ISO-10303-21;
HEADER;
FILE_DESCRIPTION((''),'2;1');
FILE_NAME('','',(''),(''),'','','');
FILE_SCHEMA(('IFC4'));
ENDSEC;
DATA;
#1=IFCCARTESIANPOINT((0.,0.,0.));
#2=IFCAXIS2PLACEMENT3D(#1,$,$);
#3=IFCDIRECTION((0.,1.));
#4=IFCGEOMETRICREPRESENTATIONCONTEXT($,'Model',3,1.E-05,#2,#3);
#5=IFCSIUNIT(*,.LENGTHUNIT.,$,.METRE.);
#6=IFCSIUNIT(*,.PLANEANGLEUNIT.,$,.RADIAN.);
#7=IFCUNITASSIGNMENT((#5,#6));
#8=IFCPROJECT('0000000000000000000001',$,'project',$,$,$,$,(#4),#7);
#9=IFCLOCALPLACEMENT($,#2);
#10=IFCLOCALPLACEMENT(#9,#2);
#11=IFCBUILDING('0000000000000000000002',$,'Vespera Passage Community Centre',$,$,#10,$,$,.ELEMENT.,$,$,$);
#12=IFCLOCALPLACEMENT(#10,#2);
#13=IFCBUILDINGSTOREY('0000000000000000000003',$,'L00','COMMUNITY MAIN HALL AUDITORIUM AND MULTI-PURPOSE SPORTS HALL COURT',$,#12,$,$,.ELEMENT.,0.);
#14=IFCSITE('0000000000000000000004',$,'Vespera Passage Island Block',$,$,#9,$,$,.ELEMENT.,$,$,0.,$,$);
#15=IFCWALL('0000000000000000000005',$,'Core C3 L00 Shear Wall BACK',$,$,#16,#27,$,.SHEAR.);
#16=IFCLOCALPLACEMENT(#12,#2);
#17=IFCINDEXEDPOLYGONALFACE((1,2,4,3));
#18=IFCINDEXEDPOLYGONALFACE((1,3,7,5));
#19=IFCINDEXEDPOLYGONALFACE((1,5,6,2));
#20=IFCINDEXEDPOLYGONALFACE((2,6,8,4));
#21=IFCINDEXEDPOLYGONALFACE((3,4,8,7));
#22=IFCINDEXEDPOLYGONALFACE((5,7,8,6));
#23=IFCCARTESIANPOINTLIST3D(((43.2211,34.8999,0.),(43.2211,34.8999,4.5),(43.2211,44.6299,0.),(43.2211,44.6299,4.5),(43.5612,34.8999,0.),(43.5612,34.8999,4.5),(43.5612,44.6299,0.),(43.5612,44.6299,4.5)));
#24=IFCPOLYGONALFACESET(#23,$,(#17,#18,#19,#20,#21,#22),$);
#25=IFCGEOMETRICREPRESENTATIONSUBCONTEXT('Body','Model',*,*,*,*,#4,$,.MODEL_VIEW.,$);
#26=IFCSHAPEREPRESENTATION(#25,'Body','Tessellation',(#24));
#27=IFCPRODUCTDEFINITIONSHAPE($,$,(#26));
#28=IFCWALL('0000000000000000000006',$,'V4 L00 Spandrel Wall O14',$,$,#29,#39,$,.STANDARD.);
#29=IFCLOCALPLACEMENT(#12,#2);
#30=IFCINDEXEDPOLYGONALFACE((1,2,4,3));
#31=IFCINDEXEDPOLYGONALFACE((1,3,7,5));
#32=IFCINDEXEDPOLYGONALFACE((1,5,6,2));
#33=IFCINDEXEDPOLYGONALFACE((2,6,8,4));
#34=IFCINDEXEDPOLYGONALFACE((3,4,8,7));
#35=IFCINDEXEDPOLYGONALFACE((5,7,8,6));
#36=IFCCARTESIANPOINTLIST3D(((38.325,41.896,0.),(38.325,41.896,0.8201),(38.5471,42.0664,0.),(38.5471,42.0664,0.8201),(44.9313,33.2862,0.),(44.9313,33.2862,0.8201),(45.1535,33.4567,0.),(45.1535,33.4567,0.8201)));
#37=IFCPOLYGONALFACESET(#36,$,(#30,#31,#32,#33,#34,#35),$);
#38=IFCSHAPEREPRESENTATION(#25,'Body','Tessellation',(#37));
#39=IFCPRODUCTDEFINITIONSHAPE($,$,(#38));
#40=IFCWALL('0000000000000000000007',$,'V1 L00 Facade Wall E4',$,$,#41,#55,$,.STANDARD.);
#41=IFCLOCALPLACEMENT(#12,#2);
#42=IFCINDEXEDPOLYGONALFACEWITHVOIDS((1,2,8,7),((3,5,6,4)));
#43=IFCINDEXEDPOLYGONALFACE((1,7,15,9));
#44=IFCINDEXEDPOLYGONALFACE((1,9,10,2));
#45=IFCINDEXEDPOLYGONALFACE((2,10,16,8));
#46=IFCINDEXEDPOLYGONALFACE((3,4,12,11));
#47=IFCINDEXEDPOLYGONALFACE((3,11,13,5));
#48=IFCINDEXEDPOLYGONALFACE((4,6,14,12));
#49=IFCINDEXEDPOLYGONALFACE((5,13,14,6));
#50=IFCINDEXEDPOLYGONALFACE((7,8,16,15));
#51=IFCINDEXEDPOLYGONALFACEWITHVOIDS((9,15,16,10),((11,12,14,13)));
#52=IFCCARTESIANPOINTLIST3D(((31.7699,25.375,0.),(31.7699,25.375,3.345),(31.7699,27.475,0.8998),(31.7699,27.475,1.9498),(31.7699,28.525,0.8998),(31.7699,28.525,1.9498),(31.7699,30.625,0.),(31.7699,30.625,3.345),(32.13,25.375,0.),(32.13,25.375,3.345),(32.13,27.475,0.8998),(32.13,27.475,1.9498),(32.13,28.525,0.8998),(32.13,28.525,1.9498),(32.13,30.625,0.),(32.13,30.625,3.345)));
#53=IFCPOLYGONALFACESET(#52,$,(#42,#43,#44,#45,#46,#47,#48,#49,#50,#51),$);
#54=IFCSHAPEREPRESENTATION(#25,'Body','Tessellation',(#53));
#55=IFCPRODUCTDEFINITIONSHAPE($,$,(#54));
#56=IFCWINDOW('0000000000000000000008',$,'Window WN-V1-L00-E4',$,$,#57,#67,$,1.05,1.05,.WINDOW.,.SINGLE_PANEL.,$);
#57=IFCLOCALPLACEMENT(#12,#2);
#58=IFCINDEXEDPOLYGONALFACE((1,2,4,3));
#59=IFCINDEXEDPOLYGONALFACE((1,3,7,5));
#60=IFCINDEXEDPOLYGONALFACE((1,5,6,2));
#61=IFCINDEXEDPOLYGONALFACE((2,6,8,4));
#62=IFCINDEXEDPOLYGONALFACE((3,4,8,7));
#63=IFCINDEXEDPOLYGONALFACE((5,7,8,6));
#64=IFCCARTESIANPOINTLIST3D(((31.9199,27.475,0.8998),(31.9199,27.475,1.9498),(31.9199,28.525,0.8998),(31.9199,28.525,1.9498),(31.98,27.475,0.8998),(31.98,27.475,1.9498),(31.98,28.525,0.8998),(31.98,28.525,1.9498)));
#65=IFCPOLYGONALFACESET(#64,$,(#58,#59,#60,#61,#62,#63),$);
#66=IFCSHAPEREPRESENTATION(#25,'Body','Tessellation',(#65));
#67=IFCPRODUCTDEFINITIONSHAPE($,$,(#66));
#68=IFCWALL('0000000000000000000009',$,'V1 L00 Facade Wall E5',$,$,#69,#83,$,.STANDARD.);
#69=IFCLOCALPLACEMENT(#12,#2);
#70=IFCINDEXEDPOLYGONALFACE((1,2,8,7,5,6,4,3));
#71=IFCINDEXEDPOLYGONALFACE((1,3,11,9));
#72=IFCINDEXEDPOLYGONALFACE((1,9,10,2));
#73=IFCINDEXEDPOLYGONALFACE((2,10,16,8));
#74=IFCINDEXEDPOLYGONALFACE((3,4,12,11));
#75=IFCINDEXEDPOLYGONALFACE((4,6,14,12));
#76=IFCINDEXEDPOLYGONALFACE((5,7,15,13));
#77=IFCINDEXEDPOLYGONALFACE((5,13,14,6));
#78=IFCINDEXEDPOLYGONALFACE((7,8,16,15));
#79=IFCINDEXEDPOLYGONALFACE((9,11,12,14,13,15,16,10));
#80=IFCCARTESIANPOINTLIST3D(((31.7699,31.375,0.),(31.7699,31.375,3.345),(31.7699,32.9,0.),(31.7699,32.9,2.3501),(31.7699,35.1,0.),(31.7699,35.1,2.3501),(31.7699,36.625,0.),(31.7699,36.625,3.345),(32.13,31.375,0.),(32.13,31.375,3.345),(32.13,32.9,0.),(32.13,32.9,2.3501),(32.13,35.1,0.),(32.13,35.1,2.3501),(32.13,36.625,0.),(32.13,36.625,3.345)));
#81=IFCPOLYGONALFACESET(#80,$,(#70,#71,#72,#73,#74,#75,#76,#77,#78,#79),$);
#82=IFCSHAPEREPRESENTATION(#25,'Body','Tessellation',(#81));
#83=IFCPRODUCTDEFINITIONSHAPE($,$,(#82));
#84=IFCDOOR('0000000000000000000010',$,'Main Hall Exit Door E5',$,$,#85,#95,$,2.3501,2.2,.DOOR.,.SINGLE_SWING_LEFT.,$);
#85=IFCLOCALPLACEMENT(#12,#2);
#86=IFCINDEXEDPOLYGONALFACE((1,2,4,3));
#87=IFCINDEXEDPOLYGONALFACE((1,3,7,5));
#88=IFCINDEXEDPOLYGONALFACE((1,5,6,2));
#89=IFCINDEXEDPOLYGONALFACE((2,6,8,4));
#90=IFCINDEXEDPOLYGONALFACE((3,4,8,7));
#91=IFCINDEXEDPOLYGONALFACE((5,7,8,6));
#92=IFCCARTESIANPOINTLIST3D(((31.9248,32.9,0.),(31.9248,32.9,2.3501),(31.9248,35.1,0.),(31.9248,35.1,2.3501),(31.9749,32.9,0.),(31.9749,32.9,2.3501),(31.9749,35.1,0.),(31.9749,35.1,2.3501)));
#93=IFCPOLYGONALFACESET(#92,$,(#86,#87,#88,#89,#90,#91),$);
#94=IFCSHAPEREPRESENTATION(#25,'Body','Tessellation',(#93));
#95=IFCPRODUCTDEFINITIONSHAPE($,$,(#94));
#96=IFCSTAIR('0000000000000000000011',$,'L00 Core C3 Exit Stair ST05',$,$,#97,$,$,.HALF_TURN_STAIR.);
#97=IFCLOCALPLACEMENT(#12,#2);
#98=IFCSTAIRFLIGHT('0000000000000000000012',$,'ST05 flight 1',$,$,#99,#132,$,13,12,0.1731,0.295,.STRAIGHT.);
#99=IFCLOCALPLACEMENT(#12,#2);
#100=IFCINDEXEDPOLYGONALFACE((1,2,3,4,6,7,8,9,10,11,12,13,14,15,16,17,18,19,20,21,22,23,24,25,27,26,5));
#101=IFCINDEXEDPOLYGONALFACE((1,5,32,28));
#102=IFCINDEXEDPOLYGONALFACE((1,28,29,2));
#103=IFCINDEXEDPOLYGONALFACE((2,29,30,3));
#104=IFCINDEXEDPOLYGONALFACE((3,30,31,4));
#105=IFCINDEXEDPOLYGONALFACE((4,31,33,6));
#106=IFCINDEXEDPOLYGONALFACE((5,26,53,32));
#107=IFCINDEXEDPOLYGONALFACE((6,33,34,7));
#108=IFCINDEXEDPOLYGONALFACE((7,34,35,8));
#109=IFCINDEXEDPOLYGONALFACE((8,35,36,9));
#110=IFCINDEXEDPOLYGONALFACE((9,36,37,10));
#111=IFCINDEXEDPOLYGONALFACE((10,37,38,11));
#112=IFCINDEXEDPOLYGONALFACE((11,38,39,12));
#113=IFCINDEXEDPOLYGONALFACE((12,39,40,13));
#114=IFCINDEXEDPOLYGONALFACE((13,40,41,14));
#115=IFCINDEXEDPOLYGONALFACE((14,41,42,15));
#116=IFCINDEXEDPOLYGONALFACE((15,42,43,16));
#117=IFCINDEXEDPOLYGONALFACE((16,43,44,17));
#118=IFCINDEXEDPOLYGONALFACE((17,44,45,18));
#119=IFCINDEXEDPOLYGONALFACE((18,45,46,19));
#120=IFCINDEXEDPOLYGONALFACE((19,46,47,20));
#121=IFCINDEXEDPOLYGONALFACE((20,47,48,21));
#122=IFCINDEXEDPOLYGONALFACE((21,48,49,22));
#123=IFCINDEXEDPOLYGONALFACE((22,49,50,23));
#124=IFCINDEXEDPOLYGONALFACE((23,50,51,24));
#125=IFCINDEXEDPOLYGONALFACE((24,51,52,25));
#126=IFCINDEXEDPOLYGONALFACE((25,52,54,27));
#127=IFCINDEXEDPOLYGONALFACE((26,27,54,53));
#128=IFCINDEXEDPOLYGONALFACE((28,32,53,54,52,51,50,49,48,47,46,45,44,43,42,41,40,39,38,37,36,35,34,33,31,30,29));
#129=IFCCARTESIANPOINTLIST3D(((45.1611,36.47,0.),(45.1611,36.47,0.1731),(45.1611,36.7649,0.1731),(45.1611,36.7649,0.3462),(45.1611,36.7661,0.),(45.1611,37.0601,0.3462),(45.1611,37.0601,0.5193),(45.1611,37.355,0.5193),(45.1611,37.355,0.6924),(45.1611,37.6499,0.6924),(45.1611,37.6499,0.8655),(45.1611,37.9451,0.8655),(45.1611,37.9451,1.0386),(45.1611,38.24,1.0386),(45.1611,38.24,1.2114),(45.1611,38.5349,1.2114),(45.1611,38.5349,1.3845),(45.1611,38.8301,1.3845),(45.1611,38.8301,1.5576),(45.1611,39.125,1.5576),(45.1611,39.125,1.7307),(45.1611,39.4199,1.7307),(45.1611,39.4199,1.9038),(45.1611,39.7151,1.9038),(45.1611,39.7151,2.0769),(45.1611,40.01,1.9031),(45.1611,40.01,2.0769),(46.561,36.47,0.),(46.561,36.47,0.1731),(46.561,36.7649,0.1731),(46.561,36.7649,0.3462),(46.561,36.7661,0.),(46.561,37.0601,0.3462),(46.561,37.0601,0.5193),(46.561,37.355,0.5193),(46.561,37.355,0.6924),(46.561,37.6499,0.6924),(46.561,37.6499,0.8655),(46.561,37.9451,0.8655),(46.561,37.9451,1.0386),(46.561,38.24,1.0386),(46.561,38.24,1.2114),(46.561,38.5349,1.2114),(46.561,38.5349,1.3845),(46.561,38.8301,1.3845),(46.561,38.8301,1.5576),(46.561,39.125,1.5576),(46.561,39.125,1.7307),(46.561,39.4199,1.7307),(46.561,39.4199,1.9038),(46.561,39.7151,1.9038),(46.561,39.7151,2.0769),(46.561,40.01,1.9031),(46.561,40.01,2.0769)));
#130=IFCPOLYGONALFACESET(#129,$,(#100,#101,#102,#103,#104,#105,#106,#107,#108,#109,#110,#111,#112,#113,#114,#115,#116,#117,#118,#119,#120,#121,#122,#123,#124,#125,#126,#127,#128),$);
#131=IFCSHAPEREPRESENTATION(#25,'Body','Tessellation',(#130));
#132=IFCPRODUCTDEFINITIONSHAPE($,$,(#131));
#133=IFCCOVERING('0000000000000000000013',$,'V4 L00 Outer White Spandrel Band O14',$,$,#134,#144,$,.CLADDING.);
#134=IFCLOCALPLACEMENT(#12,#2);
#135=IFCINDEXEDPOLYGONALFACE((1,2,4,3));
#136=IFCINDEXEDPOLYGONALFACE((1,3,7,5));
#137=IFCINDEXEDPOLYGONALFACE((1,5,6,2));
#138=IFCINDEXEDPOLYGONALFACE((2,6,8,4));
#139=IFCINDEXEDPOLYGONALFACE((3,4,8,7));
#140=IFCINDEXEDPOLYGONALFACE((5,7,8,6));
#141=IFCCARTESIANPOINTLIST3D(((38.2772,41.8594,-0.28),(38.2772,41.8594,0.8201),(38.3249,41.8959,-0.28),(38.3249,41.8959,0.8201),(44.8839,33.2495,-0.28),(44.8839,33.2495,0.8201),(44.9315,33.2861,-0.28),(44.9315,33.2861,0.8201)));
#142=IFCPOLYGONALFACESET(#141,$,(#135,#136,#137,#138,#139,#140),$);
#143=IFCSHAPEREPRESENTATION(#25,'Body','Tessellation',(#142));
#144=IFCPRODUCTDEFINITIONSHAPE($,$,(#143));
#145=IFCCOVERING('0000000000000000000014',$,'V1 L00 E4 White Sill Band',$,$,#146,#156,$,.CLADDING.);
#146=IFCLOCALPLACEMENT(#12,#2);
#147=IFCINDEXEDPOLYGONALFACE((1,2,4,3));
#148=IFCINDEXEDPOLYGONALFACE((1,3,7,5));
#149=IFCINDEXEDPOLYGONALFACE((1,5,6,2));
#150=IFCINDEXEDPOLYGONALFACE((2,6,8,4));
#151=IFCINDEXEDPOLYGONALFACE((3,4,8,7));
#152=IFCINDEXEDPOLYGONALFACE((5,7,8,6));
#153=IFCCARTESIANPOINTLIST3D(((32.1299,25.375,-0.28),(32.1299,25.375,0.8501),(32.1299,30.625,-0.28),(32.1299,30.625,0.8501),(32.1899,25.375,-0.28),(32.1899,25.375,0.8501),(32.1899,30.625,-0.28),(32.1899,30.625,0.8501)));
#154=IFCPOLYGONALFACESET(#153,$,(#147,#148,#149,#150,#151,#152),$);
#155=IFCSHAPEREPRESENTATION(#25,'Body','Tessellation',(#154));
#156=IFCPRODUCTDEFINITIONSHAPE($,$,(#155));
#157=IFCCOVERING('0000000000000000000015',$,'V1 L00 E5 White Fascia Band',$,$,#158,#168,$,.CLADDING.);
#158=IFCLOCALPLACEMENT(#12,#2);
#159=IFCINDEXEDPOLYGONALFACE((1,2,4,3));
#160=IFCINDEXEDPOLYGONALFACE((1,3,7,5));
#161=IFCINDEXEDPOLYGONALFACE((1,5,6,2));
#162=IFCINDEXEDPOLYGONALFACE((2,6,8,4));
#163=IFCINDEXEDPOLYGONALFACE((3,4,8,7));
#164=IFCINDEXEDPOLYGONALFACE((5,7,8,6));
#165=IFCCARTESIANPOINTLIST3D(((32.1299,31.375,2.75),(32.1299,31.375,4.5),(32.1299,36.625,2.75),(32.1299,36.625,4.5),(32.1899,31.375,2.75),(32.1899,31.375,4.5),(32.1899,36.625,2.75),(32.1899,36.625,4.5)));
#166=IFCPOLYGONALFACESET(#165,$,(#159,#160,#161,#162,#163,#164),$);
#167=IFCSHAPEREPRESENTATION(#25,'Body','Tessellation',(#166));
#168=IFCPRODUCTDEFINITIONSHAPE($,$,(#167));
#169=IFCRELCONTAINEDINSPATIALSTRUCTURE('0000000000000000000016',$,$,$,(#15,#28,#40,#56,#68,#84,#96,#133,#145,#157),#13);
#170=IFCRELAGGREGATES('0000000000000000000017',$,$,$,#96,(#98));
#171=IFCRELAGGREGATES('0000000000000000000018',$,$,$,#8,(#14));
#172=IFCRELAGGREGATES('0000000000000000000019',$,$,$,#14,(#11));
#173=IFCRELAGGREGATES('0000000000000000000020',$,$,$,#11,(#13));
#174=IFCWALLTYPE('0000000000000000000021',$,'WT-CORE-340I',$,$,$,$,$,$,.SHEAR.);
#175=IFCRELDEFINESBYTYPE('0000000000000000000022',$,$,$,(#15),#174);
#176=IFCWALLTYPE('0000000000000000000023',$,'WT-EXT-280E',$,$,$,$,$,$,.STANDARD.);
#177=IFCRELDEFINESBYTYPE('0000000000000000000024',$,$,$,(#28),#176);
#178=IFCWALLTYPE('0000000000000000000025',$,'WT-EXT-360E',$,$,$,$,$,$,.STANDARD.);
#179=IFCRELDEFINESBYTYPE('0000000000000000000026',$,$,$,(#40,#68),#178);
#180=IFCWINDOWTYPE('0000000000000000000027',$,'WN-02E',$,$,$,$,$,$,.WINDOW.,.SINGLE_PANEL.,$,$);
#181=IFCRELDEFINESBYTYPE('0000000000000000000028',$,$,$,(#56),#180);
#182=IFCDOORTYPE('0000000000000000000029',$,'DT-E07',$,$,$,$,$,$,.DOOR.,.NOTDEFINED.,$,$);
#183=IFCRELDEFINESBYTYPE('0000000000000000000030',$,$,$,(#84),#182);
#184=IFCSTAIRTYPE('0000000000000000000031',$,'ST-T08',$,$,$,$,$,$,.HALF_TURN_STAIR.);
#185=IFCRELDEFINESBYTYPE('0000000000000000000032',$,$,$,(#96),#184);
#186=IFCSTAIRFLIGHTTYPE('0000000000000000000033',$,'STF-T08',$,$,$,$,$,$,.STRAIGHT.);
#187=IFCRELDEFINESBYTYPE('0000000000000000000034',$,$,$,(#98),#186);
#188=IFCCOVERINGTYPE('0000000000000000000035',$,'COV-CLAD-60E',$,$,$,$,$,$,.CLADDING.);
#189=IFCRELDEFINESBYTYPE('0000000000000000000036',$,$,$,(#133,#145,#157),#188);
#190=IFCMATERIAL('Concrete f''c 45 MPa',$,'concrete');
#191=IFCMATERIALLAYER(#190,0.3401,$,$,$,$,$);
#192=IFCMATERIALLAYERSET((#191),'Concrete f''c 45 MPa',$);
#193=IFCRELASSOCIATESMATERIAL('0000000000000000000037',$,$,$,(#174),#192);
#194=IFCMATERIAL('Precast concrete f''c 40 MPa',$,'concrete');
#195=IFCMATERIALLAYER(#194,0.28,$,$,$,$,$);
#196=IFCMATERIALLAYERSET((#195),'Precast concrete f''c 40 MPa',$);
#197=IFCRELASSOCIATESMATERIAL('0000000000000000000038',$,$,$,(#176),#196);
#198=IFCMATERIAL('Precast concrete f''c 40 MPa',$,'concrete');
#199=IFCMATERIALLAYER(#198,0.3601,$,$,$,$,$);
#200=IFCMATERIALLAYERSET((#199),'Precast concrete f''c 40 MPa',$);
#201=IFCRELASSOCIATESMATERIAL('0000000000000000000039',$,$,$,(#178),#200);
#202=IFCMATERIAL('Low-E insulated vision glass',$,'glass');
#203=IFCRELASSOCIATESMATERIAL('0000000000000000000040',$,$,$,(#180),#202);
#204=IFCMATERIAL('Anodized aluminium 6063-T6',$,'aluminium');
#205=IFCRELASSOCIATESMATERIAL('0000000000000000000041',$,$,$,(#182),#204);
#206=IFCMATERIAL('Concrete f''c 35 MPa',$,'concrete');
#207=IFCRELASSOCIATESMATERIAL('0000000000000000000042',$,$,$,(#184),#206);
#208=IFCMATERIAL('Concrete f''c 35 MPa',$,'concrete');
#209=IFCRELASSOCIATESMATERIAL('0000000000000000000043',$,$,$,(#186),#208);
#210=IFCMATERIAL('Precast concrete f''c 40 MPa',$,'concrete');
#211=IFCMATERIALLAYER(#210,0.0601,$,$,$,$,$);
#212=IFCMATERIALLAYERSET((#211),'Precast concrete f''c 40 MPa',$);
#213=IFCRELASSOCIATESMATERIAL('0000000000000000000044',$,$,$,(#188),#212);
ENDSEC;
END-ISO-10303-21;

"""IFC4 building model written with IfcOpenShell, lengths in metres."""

from ifc_helpers import new_model, si_unit, direction, frame, frame_2d, origin, place, context, subcontext, project, spatial, polyline, rectangle, outline, extrude, material, layer, layer_set, type_object, element, fill, aggregate, save


model = new_model("IFC4")

# Units and contexts
model_context = context("Model", 3, precision=1e-05, world=origin(), true_north=direction((0.0, 1.0)))
body_context = subcontext(model_context, "Body", "Model", "MODEL_VIEW")
ifc_project = project(units=[si_unit("LENGTHUNIT", "METRE"), si_unit("PLANEANGLEUNIT", "RADIAN")], contexts=[model_context])

# Site, building, storey
site_placement = place(None, origin())
site = spatial("IfcSite", under=ifc_project, at=site_placement, Name="Vespera Passage Island Block", CompositionType="ELEMENT", RefElevation=0.0)
building_placement = place(site_placement, origin())
building = spatial("IfcBuilding", under=site, at=building_placement, Name="Vespera Passage Community Centre", CompositionType="ELEMENT")
storey_placement = place(building_placement, origin())
storey = spatial("IfcBuildingStorey", under=building, at=storey_placement, Name="L00", Description="COMMUNITY MAIN HALL AUDITORIUM AND MULTI-PURPOSE SPORTS HALL COURT", CompositionType="ELEMENT", Elevation=0.0)

# Walls
ifc_material_1 = material(Name="Concrete f'c 45 MPa", Category="concrete")
ifc_layer_1 = layer(ifc_material_1, 0.3401)
ifc_layer_set_1 = layer_set([ifc_layer_1], Name="Concrete f'c 45 MPa")
wall_type_1 = type_object("IfcWallType", Name="WT-CORE-340I", PredefinedType="SHEAR", material=ifc_layer_set_1)
wall_1_placement = place(storey_placement, frame((43.3911, 34.8999, 0.0), z_axis=(0.0, 0.0, 1.0), x_axis=(0.0, 1.0, 0.0)))
element("IfcWall", 1, at=wall_1_placement, inside=storey, type_object=wall_type_1, Name="Core C3 L00 Shear Wall BACK", PredefinedType="SHEAR", context=body_context, shape_type="SweptSolid", body=[
    extrude(rectangle(XDim=9.73, YDim=0.3401, at=frame_2d((4.865, 0.0))), origin(), (0.0, 0.0, 1.0), 4.5),
])
ifc_material_2 = material(Name="Precast concrete f'c 40 MPa", Category="concrete")
ifc_layer_2 = layer(ifc_material_2, 0.28)
ifc_layer_set_2 = layer_set([ifc_layer_2], Name="Precast concrete f'c 40 MPa")
wall_type_2 = type_object("IfcWallType", Name="WT-EXT-280E", PredefinedType="STANDARD", material=ifc_layer_set_2)
wall_2_placement = place(storey_placement, frame((45.0425, 33.3713, 0.0), z_axis=(0.0, 0.0, 1.0), x_axis=(-0.608754, 0.793359, 0.0)))
element("IfcWall", 2, at=wall_2_placement, inside=storey, type_object=wall_type_2, Name="V4 L00 Spandrel Wall O14", PredefinedType="STANDARD", context=body_context, shape_type="SweptSolid", body=[
    extrude(rectangle(XDim=10.8523, YDim=0.28, at=frame_2d((5.4263, 0.0))), origin(), (0.0, 0.0, 1.0), 0.8201),
])

# Wall, opening, window
ifc_material_3 = material(Name="Precast concrete f'c 40 MPa", Category="concrete")
ifc_layer_3 = layer(ifc_material_3, 0.3601)
ifc_layer_set_3 = layer_set([ifc_layer_3], Name="Precast concrete f'c 40 MPa")
wall_type_3 = type_object("IfcWallType", Name="WT-EXT-360E", PredefinedType="STANDARD", material=ifc_layer_set_3)
wall_3_placement = place(storey_placement, frame((31.95, 30.625, 0.0), z_axis=(0.0, 0.0, 1.0), x_axis=(0.0, -1.0, 0.0)))
wall_3 = element("IfcWall", 3, at=wall_3_placement, inside=storey, type_object=wall_type_3, Name="V1 L00 Facade Wall E4", PredefinedType="STANDARD", context=body_context, shape_type="SweptSolid", body=[
    extrude(rectangle(XDim=5.25, YDim=0.3601, at=frame_2d((2.625, 0.0))), origin(), (0.0, 0.0, 1.0), 3.345),
])
opening_1_placement = place(wall_3_placement, frame((2.1001, 0.0, 0.8999)))
opening_1 = element("IfcOpeningElement", 4, at=opening_1_placement, cuts=wall_3, PredefinedType="OPENING", context=body_context, shape_type="SweptSolid", body=[
    extrude(rectangle(XDim=1.05, YDim=1.05, at=frame_2d((0.5249, 0.5249))), frame((0.0, 0.1902, 0.0), z_axis=(0.0, -1.0, 0.0), x_axis=(1.0, 0.0, 0.0)), (0.0, 0.0, 1.0), 0.3801),
])
ifc_material_4 = material(Name="Low-E insulated vision glass", Category="glass")
window_type = type_object("IfcWindowType", Name="WN-02E", PartitioningType="SINGLE_PANEL", PredefinedType="WINDOW", material=ifc_material_4)
window_placement = place(opening_1_placement, origin())
window = element("IfcWindow", 5, at=window_placement, inside=storey, type_object=window_type, Name="Window WN-V1-L00-E4", OverallHeight=1.05, OverallWidth=1.05, PartitioningType="SINGLE_PANEL", PredefinedType="WINDOW", context=body_context, shape_type="SweptSolid", body=[
    extrude(rectangle(XDim=1.05, YDim=1.05, at=frame_2d((0.5249, 0.5249))), frame((0.0, 0.03, 0.0), z_axis=(0.0, -1.0, 0.0), x_axis=(1.0, 0.0, 0.0)), (0.0, 0.0, 1.0), 0.0601),
])
fill(opening_1, window)

# Wall, opening, door
wall_4_placement = place(storey_placement, frame((31.95, 36.625, 0.0), z_axis=(0.0, 0.0, 1.0), x_axis=(0.0, -1.0, 0.0)))
wall_4 = element("IfcWall", 6, at=wall_4_placement, inside=storey, type_object=wall_type_3, Name="V1 L00 Facade Wall E5", PredefinedType="STANDARD", context=body_context, shape_type="SweptSolid", body=[
    extrude(rectangle(XDim=5.25, YDim=0.3601, at=frame_2d((2.625, 0.0))), origin(), (0.0, 0.0, 1.0), 3.345),
])
opening_2_placement = place(wall_4_placement, frame((1.5249, 0.0, 0.0)))
opening_2 = element("IfcOpeningElement", 7, at=opening_2_placement, cuts=wall_4, PredefinedType="OPENING", context=body_context, shape_type="SweptSolid", body=[
    extrude(rectangle(XDim=2.2, YDim=2.3501, at=frame_2d((1.1001, 1.175))), frame((0.0, 0.1902, 0.0), z_axis=(0.0, -1.0, 0.0), x_axis=(1.0, 0.0, 0.0)), (0.0, 0.0, 1.0), 0.3801),
])
ifc_material_5 = material(Name="Anodized aluminium 6063-T6", Category="aluminium")
door_type = type_object("IfcDoorType", Name="DT-E07", OperationType="NOTDEFINED", PredefinedType="DOOR", material=ifc_material_5)
door_placement = place(opening_2_placement, origin())
door = element("IfcDoor", 8, at=door_placement, inside=storey, type_object=door_type, Name="Main Hall Exit Door E5", OperationType="SINGLE_SWING_LEFT", OverallHeight=2.3501, OverallWidth=2.2, PredefinedType="DOOR", context=body_context, shape_type="SweptSolid", body=[
    extrude(rectangle(XDim=2.2, YDim=2.3501, at=frame_2d((1.1001, 1.175))), frame((0.0, 0.0249, 0.0), z_axis=(0.0, -1.0, 0.0), x_axis=(1.0, 0.0, 0.0)), (0.0, 0.0, 1.0), 0.05),
])
fill(opening_2, door)

# Stair, stair flight
ifc_material_6 = material(Name="Concrete f'c 35 MPa", Category="concrete")
stair_type = type_object("IfcStairType", Name="ST-T08", PredefinedType="HALF_TURN_STAIR", material=ifc_material_6)
stair_placement = place(storey_placement, origin())
stair = element("IfcStair", 9, at=stair_placement, inside=storey, type_object=stair_type, Name="L00 Core C3 Exit Stair ST05", PredefinedType="HALF_TURN_STAIR")
ifc_material_7 = material(Name="Concrete f'c 35 MPa", Category="concrete")
stair_flight_type = type_object("IfcStairFlightType", Name="STF-T08", PredefinedType="STRAIGHT", material=ifc_material_7)
stair_flight_placement = place(storey_placement, frame((45.8611, 36.47, 0.0), z_axis=(0.0, 0.0, 1.0), x_axis=(0.0, 1.0, 0.0)))
stair_flight = element("IfcStairFlight", 10, at=stair_flight_placement, type_object=stair_flight_type, Name="ST05 flight 1", NumberOfRisers=13, NumberOfTreads=12, PredefinedType="STRAIGHT", RiserHeight=0.1731, TreadLength=0.295, context=body_context, shape_type="SweptSolid", body=[
    extrude(outline(polyline([(0.0, 0.0), (0.0, 0.1731), (0.2949, 0.1731), (0.2949, 0.3462), (0.5901, 0.3462), (0.5901, 0.5193), (0.885, 0.5193), (0.885, 0.6924), (1.1799, 0.6924), (1.1799, 0.8655), (1.4751, 0.8655), (1.4751, 1.0386), (1.77, 1.0386), (1.77, 1.2114), (2.0649, 1.2114), (2.0649, 1.3845), (2.3601, 1.3845), (2.3601, 1.5576), (2.655, 1.5576), (2.655, 1.7307), (2.95, 1.7307), (2.95, 1.9038), (3.2451, 1.9038), (3.2451, 2.0769), (3.54, 2.0769), (3.54, 2.25), (3.54, 1.9031), (0.2961, 0.0), (0.0, 0.0)])), frame((0.0, 0.7, 0.0), z_axis=(0.0, -1.0, 0.0), x_axis=(1.0, 0.0, 0.0)), (0.0, 0.0, 1.0), 1.3999),
])
aggregate(stair, [stair_flight])

# Coverings
ifc_material_8 = material(Name="Precast concrete f'c 40 MPa", Category="concrete")
ifc_layer_4 = layer(ifc_material_8, 0.0601)
ifc_layer_set_4 = layer_set([ifc_layer_4], Name="Precast concrete f'c 40 MPa")
covering_type = type_object("IfcCoveringType", Name="COV-CLAD-60E", PredefinedType="CLADDING", material=ifc_layer_set_4)
covering_1_placement = place(storey_placement, frame((44.9077, 33.2678, -0.28), z_axis=(0.0, 0.0, 1.0), x_axis=(-0.608768, 0.793348, 0.0)))
element("IfcCovering", 11, at=covering_1_placement, inside=storey, type_object=covering_type, Name="V4 L00 Outer White Spandrel Band O14", PredefinedType="CLADDING", context=body_context, shape_type="SweptSolid", body=[
    extrude(rectangle(XDim=10.8525, YDim=0.0601, at=frame_2d((5.4263, 0.0))), origin(), (0.0, 0.0, 1.0), 1.1001),
])
covering_2_placement = place(storey_placement, frame((32.1599, 30.625, -0.28), z_axis=(0.0, 0.0, 1.0), x_axis=(0.0, -1.0, 0.0)))
element("IfcCovering", 12, at=covering_2_placement, inside=storey, type_object=covering_type, Name="V1 L00 E4 White Sill Band", PredefinedType="CLADDING", context=body_context, shape_type="SweptSolid", body=[
    extrude(rectangle(XDim=5.25, YDim=0.0601, at=frame_2d((2.625, 0.0))), origin(), (0.0, 0.0, 1.0), 1.1301),
])
covering_3_placement = place(storey_placement, frame((32.1599, 36.625, 2.75), z_axis=(0.0, 0.0, 1.0), x_axis=(0.0, -1.0, 0.0)))
element("IfcCovering", 13, at=covering_3_placement, inside=storey, type_object=covering_type, Name="V1 L00 E5 White Fascia Band", PredefinedType="CLADDING", context=body_context, shape_type="SweptSolid", body=[
    extrude(rectangle(XDim=5.25, YDim=0.0601, at=frame_2d((2.625, 0.0))), origin(), (0.0, 0.0, 1.0), 1.75),
])

save(model, "model.ifc")
